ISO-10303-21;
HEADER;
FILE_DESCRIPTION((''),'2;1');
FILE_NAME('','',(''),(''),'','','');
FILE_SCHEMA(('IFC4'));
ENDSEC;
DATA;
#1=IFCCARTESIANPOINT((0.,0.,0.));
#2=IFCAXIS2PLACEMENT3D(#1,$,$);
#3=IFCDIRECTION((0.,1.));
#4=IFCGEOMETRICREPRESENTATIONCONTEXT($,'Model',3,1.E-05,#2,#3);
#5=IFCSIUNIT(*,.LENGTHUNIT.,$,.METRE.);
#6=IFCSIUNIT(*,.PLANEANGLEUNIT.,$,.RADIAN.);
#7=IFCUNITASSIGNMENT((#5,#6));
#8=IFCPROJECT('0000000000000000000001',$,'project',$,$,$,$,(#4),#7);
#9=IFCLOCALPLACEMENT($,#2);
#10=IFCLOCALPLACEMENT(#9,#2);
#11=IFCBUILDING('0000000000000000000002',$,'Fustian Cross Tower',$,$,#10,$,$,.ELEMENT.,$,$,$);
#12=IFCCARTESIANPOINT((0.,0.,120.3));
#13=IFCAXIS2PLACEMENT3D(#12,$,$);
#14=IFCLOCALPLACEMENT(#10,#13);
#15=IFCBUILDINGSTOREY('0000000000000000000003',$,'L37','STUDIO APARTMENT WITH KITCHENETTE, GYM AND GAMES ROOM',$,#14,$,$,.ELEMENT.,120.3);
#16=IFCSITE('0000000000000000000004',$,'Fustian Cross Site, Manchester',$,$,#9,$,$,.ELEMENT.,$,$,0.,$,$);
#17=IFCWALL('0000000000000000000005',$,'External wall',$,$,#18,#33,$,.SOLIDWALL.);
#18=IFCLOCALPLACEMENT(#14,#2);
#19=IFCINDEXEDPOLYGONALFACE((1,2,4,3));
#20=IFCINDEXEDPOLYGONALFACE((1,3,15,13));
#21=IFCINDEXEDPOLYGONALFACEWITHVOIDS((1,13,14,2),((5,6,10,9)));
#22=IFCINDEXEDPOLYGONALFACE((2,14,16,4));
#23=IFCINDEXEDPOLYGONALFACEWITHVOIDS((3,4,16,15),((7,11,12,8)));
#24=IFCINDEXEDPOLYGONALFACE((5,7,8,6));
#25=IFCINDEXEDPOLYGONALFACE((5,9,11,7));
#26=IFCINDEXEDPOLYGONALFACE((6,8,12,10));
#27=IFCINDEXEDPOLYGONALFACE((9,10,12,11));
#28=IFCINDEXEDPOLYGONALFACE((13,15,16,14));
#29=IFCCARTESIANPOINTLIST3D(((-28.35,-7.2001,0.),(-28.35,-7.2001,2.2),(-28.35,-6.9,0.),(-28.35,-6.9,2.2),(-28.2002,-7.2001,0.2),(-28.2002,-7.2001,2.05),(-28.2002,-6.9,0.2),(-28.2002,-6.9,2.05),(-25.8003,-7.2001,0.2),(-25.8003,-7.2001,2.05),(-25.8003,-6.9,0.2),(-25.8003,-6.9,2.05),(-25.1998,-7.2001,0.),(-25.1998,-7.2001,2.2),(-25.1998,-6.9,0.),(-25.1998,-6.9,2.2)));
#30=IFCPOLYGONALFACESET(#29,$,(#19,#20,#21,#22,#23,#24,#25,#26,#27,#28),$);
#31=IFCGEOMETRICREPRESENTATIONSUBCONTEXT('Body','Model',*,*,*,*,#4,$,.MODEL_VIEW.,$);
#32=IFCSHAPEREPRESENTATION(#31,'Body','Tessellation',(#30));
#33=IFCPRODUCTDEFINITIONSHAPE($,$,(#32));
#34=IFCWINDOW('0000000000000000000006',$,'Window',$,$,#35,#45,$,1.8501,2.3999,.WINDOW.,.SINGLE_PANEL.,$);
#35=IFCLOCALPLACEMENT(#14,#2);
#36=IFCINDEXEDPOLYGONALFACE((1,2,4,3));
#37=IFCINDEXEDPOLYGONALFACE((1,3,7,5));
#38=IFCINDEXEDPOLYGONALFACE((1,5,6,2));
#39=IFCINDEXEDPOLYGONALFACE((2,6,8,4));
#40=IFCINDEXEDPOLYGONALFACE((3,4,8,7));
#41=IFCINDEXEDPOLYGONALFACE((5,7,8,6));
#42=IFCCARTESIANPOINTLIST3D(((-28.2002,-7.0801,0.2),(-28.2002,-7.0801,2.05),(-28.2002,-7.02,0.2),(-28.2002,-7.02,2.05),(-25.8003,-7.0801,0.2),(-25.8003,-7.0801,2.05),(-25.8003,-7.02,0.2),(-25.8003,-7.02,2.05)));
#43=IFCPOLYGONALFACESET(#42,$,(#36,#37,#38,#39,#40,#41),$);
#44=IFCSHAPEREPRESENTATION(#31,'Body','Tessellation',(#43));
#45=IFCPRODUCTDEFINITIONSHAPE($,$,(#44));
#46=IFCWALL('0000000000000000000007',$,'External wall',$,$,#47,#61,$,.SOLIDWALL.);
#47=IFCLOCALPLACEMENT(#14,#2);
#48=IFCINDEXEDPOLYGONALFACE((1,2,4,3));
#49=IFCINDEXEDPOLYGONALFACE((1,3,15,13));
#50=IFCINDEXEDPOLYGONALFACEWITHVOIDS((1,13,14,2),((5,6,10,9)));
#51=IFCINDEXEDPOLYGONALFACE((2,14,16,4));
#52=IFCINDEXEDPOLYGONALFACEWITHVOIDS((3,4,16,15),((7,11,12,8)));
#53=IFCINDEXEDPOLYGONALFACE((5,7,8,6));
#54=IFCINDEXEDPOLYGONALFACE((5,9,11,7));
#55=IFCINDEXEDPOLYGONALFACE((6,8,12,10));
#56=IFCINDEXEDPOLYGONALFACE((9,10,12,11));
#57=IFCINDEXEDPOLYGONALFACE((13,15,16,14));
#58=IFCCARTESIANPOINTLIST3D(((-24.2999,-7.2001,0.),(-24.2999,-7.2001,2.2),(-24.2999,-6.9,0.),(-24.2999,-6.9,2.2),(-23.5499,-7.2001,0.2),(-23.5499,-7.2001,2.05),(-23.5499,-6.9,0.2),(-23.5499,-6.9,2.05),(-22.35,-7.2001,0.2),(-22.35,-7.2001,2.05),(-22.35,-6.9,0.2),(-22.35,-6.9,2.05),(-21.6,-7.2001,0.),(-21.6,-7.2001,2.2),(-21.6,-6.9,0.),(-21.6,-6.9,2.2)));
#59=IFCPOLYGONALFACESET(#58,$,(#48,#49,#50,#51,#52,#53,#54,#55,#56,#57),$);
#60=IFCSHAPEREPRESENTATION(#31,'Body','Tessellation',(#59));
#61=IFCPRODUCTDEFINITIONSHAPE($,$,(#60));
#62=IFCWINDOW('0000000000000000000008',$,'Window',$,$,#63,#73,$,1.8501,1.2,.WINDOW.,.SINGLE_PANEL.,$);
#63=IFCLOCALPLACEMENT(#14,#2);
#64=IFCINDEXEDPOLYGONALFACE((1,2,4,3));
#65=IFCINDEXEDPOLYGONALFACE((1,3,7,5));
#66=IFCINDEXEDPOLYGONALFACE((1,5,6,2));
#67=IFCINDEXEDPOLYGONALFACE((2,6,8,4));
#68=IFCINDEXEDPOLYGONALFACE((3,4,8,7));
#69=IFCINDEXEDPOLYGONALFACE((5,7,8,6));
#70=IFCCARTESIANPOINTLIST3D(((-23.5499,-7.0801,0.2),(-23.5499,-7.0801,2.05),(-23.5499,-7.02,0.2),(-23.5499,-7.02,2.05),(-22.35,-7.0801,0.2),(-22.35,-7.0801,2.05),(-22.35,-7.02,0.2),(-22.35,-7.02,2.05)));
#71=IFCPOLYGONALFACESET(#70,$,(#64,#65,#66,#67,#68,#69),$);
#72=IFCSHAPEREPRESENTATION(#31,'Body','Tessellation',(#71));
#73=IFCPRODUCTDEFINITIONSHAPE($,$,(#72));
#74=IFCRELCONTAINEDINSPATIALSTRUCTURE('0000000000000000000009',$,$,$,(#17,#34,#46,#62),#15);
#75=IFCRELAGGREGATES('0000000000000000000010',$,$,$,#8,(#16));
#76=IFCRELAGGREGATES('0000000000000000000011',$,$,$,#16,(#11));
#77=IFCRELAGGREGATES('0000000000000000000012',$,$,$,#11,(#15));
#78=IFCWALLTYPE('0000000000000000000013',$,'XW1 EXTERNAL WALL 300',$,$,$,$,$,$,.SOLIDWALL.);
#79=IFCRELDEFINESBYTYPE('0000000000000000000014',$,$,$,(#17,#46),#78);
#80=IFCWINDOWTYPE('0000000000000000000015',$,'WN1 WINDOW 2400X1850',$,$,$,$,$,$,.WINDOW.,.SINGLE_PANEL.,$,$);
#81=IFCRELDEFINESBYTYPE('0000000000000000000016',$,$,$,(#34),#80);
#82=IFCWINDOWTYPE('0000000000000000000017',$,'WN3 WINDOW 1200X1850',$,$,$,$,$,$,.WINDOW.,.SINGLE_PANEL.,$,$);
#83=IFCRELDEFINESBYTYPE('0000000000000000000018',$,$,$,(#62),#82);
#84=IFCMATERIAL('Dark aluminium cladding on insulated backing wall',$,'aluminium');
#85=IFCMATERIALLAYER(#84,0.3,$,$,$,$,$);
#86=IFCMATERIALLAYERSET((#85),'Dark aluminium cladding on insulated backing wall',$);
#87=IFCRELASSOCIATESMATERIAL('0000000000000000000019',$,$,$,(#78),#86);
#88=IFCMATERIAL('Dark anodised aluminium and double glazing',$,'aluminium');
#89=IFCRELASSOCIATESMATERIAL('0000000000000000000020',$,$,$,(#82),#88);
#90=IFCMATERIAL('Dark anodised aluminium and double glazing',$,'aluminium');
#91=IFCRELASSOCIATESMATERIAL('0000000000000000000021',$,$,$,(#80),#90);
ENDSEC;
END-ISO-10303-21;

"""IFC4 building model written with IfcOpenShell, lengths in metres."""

from ifc_helpers import new_model, si_unit, direction, frame, frame_2d, origin, place, context, subcontext, project, spatial, rectangle, extrude, material, layer, layer_set, type_object, element, fill, save


model = new_model("IFC4")

# Units and contexts
model_context = context("Model", 3, precision=1e-05, world=origin(), true_north=direction((0.0, 1.0)))
body_context = subcontext(model_context, "Body", "Model", "MODEL_VIEW")
ifc_project = project(units=[si_unit("LENGTHUNIT", "METRE"), si_unit("PLANEANGLEUNIT", "RADIAN")], contexts=[model_context])

# Site, building, storey
site_placement = place(None, origin())
site = spatial("IfcSite", under=ifc_project, at=site_placement, Name="Fustian Cross Site, Manchester", CompositionType="ELEMENT", RefElevation=0.0)
building_placement = place(site_placement, origin())
building = spatial("IfcBuilding", under=site, at=building_placement, Name="Fustian Cross Tower", CompositionType="ELEMENT")
storey_placement = place(building_placement, frame((0.0, 0.0, 120.3)))
storey = spatial("IfcBuildingStorey", under=building, at=storey_placement, Name="L37", Description="STUDIO APARTMENT WITH KITCHENETTE, GYM AND GAMES ROOM", CompositionType="ELEMENT", Elevation=120.3)

# Walls, openings, windows
ifc_material_1 = material(Name="Dark aluminium cladding on insulated backing wall", Category="aluminium")
ifc_layer_1 = layer(ifc_material_1, 0.3)
ifc_layer_set_1 = layer_set([ifc_layer_1], Name="Dark aluminium cladding on insulated backing wall")
wall_type_1 = type_object("IfcWallType", Name="XW1 EXTERNAL WALL 300", PredefinedType="SOLIDWALL", material=ifc_layer_set_1)
ifc_material_2 = material(Name="Dark anodised aluminium and double glazing", Category="aluminium")
window_type_1 = type_object("IfcWindowType", Name="WN3 WINDOW 1200X1850", PartitioningType="SINGLE_PANEL", PredefinedType="WINDOW", material=ifc_material_2)
wall_1_placement = place(storey_placement, frame((-28.3501, -7.05, 0.0), z_axis=(0.0, 0.0, 1.0), x_axis=(1.0, 0.0, 0.0)))
wall_1 = element("IfcWall", 1, at=wall_1_placement, inside=storey, type_object=wall_type_1, Name="External wall", PredefinedType="SOLIDWALL", context=body_context, shape_type="SweptSolid", body=[
    extrude(rectangle(XDim=3.1501, YDim=0.3, at=frame_2d((1.5752, 0.0))), origin(), (0.0, 0.0, 1.0), 2.2),
])
opening_1_placement = place(wall_1_placement, frame((0.1499, 0.0, 0.2)))
opening_1 = element("IfcOpeningElement", 2, at=opening_1_placement, cuts=wall_1, PredefinedType="OPENING", context=body_context, shape_type="SweptSolid", body=[
    extrude(rectangle(XDim=2.3999, YDim=1.8501, at=frame_2d((1.2, 0.925))), frame((0.0, 0.1599, 0.0), z_axis=(0.0, -1.0, 0.0), x_axis=(1.0, 0.0, 0.0)), (0.0, 0.0, 1.0), 0.3201),
])
ifc_material_3 = material(Name="Dark anodised aluminium and double glazing", Category="aluminium")
window_type_2 = type_object("IfcWindowType", Name="WN1 WINDOW 2400X1850", PartitioningType="SINGLE_PANEL", PredefinedType="WINDOW", material=ifc_material_3)
window_1_placement = place(opening_1_placement, origin())
window_1 = element("IfcWindow", 3, at=window_1_placement, inside=storey, type_object=window_type_2, Name="Window", OverallHeight=1.8501, OverallWidth=2.3999, PartitioningType="SINGLE_PANEL", PredefinedType="WINDOW", context=body_context, shape_type="SweptSolid", body=[
    extrude(rectangle(XDim=2.3999, YDim=1.8501, at=frame_2d((1.2, 0.925))), frame((0.0, 0.03, 0.0), z_axis=(0.0, -1.0, 0.0), x_axis=(1.0, 0.0, 0.0)), (0.0, 0.0, 1.0), 0.0601),
])
fill(opening_1, window_1)
wall_2_placement = place(storey_placement, frame((-24.3, -7.05, 0.0), z_axis=(0.0, 0.0, 1.0), x_axis=(1.0, 0.0, 0.0)))
wall_2 = element("IfcWall", 4, at=wall_2_placement, inside=storey, type_object=wall_type_1, Name="External wall", PredefinedType="SOLIDWALL", context=body_context, shape_type="SweptSolid", body=[
    extrude(rectangle(XDim=2.7, YDim=0.3, at=frame_2d((1.3501, 0.0))), origin(), (0.0, 0.0, 1.0), 2.2),
])
opening_2_placement = place(wall_2_placement, frame((0.75, 0.0, 0.2)))
opening_2 = element("IfcOpeningElement", 5, at=opening_2_placement, cuts=wall_2, PredefinedType="OPENING", context=body_context, shape_type="SweptSolid", body=[
    extrude(rectangle(XDim=1.2, YDim=1.8501, at=frame_2d((0.6001, 0.925))), frame((0.0, 0.1599, 0.0), z_axis=(0.0, -1.0, 0.0), x_axis=(1.0, 0.0, 0.0)), (0.0, 0.0, 1.0), 0.3201),
])
window_2_placement = place(opening_2_placement, origin())
window_2 = element("IfcWindow", 6, at=window_2_placement, inside=storey, type_object=window_type_1, Name="Window", OverallHeight=1.8501, OverallWidth=1.2, PartitioningType="SINGLE_PANEL", PredefinedType="WINDOW", context=body_context, shape_type="SweptSolid", body=[
    extrude(rectangle(XDim=1.2, YDim=1.8501, at=frame_2d((0.6001, 0.925))), frame((0.0, 0.03, 0.0), z_axis=(0.0, -1.0, 0.0), x_axis=(1.0, 0.0, 0.0)), (0.0, 0.0, 1.0), 0.0601),
])
fill(opening_2, window_2)

save(model, "model.ifc")
